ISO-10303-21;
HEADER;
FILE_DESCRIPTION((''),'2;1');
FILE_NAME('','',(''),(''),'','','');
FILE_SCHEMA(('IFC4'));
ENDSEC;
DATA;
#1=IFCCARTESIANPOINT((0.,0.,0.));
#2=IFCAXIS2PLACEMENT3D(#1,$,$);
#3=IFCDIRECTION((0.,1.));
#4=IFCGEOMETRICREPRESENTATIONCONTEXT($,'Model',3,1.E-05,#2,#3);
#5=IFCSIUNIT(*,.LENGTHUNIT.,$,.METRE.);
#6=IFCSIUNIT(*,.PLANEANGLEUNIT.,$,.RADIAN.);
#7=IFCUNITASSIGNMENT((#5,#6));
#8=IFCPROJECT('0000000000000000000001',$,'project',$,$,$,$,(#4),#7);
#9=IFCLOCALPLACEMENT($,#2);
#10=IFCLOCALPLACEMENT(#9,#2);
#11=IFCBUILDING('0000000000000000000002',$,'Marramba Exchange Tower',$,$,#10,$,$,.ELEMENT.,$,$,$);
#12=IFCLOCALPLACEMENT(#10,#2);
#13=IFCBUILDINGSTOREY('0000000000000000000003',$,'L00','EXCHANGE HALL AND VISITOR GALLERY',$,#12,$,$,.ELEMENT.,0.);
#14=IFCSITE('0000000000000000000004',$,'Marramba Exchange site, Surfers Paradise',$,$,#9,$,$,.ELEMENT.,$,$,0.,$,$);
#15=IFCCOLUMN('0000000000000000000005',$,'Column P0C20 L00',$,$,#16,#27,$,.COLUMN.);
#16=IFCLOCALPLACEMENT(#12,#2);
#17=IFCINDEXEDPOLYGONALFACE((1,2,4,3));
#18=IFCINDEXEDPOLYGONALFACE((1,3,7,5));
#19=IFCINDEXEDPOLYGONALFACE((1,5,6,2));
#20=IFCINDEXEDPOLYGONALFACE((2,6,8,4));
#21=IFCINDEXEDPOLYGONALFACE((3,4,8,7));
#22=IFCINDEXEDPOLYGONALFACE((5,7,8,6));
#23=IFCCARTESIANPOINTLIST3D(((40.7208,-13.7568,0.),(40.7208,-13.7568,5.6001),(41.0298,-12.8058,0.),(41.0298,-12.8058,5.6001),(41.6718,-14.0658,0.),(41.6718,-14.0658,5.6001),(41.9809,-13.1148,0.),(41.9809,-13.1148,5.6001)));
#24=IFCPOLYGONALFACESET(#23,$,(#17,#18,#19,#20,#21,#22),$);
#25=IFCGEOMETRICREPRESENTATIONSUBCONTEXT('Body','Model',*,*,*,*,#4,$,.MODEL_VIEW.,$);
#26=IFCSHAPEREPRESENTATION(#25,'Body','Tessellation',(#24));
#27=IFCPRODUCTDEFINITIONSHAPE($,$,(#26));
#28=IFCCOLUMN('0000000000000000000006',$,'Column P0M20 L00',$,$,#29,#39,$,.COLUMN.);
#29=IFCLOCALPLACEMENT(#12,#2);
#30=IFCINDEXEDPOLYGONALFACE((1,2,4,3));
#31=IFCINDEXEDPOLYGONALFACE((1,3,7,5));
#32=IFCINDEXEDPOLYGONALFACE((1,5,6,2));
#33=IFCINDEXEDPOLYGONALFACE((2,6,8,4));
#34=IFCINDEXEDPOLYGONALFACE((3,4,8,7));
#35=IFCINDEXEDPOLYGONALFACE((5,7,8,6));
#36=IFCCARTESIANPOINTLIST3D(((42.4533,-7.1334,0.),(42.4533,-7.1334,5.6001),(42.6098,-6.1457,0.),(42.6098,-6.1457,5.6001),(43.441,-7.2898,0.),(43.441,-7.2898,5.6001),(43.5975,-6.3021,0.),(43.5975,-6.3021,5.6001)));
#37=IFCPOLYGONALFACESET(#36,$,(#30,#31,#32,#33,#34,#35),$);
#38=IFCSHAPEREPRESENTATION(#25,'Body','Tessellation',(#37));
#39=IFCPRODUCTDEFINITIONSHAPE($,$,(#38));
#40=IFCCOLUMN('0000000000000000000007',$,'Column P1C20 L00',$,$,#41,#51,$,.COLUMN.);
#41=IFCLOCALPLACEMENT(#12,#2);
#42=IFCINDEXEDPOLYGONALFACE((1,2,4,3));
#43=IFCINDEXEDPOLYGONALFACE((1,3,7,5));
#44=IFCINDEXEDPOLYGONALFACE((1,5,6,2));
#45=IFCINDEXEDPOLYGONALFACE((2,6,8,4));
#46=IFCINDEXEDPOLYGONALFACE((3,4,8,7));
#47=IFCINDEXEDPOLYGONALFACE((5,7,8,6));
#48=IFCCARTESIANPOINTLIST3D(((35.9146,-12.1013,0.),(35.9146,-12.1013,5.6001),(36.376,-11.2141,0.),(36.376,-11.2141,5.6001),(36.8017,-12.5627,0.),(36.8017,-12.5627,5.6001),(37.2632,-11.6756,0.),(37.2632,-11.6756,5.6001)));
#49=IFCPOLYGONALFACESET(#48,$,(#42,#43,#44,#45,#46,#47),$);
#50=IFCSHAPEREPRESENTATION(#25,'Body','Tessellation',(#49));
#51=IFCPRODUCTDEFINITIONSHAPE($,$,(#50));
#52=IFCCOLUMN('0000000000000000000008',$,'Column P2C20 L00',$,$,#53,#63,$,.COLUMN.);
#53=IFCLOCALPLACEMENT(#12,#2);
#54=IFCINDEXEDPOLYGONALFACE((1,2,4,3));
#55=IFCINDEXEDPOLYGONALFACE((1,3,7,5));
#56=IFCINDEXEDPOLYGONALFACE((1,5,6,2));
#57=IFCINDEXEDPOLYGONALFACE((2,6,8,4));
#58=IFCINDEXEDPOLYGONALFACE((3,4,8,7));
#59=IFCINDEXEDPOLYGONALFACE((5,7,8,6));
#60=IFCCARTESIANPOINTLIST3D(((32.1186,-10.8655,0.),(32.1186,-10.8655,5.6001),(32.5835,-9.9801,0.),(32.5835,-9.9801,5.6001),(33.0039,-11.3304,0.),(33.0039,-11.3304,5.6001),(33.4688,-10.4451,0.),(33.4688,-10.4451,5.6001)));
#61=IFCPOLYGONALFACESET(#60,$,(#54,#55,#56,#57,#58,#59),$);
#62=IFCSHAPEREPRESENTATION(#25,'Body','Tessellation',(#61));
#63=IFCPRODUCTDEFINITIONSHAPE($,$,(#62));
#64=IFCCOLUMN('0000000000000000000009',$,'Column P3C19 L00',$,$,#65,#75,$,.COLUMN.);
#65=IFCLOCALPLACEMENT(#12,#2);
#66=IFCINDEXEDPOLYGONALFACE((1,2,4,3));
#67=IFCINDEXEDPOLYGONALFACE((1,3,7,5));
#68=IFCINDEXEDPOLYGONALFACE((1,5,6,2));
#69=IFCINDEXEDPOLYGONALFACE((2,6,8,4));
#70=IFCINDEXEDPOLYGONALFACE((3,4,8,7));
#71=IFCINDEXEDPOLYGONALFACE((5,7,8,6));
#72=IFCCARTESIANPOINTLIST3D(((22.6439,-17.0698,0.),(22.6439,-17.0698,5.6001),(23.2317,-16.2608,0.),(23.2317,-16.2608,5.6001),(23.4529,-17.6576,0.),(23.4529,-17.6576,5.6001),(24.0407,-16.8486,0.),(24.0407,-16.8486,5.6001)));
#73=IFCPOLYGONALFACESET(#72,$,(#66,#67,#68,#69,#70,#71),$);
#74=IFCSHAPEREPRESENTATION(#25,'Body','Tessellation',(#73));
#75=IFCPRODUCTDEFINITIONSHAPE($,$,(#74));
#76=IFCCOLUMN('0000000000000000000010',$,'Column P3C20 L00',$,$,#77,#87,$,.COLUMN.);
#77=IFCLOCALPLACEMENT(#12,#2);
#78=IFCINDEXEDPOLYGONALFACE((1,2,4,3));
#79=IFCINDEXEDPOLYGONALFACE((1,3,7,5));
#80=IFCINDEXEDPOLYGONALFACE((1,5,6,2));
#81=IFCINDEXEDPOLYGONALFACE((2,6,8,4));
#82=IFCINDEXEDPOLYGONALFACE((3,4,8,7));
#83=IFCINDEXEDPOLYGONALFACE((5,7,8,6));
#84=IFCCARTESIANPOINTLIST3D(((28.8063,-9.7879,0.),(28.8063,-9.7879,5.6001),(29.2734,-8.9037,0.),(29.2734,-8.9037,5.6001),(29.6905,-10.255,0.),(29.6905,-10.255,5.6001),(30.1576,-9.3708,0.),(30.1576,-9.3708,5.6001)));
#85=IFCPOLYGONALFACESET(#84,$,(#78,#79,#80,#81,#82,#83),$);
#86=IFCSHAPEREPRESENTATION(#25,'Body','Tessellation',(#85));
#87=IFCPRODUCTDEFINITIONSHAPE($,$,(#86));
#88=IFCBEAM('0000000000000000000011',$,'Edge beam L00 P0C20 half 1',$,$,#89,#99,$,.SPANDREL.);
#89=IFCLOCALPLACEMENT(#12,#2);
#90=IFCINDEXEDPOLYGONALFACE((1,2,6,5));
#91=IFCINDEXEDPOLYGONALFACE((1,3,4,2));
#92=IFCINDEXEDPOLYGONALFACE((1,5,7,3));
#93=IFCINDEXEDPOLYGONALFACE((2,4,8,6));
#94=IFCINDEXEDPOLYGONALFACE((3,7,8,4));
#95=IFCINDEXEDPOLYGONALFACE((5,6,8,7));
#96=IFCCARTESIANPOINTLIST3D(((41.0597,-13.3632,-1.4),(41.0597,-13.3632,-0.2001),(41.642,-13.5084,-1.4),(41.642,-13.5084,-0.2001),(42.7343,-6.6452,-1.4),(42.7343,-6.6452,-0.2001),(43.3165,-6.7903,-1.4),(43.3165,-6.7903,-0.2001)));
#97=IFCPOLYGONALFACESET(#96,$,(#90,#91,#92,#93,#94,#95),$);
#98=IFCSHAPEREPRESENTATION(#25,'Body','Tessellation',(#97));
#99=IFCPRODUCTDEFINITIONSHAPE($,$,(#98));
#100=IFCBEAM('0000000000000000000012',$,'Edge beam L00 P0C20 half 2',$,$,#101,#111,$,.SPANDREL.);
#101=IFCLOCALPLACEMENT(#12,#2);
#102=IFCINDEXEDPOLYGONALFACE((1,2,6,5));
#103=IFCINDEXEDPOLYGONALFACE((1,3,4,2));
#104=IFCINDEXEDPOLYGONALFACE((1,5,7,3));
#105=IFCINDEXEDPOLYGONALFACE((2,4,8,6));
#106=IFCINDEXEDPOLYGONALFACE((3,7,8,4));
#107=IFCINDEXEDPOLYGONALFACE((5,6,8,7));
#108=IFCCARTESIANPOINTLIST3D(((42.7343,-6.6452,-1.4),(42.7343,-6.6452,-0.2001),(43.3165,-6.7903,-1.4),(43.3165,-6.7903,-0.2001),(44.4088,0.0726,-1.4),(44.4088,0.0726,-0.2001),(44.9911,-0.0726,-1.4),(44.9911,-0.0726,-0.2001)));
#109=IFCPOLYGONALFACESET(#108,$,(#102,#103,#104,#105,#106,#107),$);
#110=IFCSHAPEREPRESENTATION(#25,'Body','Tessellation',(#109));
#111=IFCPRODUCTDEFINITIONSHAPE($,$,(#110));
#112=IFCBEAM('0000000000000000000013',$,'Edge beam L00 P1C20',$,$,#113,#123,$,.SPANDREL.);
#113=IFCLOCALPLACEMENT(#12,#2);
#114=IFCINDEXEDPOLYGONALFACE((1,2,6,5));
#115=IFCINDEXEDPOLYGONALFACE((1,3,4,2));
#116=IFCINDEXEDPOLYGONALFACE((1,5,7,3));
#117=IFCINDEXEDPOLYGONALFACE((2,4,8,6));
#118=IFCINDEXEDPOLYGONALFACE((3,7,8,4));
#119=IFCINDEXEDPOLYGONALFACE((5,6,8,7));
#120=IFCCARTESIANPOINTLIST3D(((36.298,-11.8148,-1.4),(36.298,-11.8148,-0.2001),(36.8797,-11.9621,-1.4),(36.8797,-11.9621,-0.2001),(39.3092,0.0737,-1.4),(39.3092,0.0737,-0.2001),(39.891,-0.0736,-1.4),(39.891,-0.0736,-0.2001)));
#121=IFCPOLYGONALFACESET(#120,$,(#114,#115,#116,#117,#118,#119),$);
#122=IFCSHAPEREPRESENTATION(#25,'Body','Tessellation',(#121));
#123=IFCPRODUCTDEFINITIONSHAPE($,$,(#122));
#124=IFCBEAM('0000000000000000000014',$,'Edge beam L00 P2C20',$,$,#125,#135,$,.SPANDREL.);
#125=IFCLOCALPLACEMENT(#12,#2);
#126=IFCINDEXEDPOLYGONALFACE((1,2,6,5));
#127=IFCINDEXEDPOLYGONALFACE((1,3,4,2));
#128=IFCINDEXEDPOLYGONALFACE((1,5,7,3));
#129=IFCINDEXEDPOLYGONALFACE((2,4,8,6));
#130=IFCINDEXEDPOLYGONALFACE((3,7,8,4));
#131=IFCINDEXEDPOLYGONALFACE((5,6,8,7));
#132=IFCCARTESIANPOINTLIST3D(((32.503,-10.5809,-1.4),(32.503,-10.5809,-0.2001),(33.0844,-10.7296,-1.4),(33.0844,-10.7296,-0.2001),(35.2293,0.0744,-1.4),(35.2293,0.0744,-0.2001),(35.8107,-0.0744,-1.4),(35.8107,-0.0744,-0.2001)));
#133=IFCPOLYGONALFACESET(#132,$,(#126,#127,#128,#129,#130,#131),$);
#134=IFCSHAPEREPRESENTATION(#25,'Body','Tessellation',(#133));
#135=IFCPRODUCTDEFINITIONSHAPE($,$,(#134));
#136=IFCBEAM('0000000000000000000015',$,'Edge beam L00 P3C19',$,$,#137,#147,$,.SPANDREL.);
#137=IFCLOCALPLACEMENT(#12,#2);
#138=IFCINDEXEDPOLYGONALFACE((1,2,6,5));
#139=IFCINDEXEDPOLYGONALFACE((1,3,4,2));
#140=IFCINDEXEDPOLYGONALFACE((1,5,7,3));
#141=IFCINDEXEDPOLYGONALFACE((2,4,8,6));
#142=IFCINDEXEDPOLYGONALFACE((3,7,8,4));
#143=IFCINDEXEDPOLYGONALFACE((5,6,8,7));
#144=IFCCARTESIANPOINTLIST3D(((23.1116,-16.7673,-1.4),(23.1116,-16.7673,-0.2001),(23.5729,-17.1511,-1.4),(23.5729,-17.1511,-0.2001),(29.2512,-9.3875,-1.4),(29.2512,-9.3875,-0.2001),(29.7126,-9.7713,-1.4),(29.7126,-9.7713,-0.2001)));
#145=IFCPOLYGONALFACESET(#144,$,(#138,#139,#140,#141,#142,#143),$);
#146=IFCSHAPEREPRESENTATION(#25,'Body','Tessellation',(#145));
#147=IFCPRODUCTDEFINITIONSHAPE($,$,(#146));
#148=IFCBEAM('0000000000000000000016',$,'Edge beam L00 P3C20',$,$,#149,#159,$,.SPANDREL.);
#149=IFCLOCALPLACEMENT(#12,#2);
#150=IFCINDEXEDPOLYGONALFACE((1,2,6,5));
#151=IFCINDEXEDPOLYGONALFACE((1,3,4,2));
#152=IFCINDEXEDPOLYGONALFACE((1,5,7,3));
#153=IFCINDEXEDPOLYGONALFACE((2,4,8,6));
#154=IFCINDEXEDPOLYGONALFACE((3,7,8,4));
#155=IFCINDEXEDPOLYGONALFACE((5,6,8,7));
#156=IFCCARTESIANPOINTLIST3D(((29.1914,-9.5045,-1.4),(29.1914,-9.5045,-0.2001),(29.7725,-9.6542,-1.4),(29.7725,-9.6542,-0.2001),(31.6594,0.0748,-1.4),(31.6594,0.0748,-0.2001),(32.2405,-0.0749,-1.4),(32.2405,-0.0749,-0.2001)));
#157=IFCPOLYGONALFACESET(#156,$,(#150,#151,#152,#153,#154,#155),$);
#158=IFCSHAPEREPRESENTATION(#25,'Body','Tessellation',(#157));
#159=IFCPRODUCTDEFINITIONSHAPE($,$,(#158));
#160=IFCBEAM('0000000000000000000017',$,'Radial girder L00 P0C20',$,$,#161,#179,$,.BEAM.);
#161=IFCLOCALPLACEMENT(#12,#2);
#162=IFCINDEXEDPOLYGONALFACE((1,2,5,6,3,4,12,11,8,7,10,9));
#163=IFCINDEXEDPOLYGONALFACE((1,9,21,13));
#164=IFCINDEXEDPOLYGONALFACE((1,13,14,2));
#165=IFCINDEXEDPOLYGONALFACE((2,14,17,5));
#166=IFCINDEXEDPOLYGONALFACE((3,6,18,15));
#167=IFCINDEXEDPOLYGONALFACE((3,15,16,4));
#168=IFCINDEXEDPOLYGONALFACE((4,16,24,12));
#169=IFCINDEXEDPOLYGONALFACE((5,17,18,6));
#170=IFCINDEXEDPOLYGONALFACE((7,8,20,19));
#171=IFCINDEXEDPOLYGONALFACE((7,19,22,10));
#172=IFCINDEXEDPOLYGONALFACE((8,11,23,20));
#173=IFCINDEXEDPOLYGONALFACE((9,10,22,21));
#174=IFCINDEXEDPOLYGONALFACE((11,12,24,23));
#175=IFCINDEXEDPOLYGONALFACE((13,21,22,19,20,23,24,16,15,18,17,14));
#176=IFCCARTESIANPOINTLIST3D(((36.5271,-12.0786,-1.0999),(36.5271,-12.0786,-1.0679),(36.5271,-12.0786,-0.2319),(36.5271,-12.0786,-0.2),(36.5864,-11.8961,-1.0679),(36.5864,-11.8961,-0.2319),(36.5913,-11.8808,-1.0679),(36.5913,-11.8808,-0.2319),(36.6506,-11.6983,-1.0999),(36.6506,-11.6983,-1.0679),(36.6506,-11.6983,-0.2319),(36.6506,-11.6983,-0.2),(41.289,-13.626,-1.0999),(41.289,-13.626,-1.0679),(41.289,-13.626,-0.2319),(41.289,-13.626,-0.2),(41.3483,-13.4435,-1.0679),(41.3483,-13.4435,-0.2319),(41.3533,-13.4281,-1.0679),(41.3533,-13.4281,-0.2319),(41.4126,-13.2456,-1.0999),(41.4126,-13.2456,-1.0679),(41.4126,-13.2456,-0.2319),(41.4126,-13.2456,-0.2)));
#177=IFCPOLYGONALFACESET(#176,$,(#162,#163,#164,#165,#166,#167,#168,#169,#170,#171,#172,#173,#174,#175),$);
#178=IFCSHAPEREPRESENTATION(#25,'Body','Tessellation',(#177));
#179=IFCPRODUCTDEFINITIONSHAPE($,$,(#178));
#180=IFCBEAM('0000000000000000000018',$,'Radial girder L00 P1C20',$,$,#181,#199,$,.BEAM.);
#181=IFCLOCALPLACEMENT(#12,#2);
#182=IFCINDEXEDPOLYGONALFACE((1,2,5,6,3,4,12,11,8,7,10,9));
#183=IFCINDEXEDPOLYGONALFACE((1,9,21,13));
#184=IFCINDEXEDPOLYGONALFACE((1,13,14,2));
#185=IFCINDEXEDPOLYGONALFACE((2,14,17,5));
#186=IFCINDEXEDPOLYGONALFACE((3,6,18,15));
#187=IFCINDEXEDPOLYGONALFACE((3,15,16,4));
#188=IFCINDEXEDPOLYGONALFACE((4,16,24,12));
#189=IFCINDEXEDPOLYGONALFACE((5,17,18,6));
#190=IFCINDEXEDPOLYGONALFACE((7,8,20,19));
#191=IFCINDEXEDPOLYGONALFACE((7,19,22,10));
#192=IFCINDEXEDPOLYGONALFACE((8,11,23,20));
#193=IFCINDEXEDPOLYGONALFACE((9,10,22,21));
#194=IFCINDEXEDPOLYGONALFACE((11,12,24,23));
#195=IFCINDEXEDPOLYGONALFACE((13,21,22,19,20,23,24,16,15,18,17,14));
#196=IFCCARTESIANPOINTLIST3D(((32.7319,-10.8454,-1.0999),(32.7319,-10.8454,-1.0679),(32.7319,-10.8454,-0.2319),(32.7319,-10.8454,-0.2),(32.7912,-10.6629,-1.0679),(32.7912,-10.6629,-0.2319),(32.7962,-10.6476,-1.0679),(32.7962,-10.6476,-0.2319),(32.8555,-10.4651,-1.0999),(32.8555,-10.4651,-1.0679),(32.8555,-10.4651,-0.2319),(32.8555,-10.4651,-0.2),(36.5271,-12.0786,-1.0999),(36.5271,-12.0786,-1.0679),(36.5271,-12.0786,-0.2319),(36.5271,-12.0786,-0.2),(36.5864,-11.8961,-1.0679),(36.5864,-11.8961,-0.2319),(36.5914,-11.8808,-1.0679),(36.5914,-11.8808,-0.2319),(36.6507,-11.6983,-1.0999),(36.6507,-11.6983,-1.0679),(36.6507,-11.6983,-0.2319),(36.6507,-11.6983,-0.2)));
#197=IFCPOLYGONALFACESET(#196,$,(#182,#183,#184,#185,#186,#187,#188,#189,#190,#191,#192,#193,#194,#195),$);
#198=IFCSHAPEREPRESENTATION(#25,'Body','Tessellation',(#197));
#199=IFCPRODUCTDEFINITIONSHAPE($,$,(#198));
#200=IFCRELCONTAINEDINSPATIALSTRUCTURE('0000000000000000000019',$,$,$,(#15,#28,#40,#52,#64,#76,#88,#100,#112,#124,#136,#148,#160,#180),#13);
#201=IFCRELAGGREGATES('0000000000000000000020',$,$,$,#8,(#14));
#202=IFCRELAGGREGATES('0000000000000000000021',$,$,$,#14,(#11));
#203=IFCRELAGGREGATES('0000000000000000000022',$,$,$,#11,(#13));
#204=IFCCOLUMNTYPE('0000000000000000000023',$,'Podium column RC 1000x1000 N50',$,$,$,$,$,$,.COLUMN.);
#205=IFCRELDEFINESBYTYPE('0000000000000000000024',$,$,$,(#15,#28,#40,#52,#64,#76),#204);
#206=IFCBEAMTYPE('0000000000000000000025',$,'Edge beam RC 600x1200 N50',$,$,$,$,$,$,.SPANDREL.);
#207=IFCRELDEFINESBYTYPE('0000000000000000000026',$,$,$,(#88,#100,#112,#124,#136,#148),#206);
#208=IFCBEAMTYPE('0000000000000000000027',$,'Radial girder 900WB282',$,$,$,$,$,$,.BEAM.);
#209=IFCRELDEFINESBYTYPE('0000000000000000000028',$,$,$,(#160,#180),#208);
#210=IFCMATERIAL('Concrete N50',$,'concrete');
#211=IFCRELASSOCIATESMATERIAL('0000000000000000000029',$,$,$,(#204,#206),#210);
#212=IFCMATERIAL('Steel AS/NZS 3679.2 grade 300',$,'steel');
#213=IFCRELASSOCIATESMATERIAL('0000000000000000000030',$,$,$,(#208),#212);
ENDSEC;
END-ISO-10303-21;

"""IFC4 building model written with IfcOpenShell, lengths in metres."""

from ifc_helpers import new_model, si_unit, direction, frame, origin, origin_2d, place, context, subcontext, project, spatial, rectangle, i_section, extrude, material, material_profile, profile_set, type_object, element, save


model = new_model("IFC4")

# Units and contexts
model_context = context("Model", 3, precision=1e-05, world=origin(), true_north=direction((0.0, 1.0)))
body_context = subcontext(model_context, "Body", "Model", "MODEL_VIEW")
ifc_project = project(units=[si_unit("LENGTHUNIT", "METRE"), si_unit("PLANEANGLEUNIT", "RADIAN")], contexts=[model_context])

# Site, building, storey
site_placement = place(None, origin())
site = spatial("IfcSite", under=ifc_project, at=site_placement, Name="Marramba Exchange site, Surfers Paradise", CompositionType="ELEMENT", RefElevation=0.0)
building_placement = place(site_placement, origin())
building = spatial("IfcBuilding", under=site, at=building_placement, Name="Marramba Exchange Tower", CompositionType="ELEMENT")
storey_placement = place(building_placement, origin())
storey = spatial("IfcBuildingStorey", under=building, at=storey_placement, Name="L00", Description="EXCHANGE HALL AND VISITOR GALLERY", CompositionType="ELEMENT", Elevation=0.0)

# Columns
ifc_material_1 = material(Name="Concrete N50", Category="concrete")
ifc_material_profile_1 = material_profile(ifc_material_1, rectangle(XDim=1.0, YDim=1.0, at=origin_2d()), Name="RC 1000x1000")
ifc_profile_set_1 = profile_set([ifc_material_profile_1], Name="Concrete N50")
column_type = type_object("IfcColumnType", Name="Podium column RC 1000x1000 N50", PredefinedType="COLUMN", material=ifc_profile_set_1)
for number, where, z_axis, x_axis, name in (
    (1, (41.3508, -13.4358, 0.0), (0.0, 0.0, 1.0), (0.951057, -0.309017, 0.0), "Column P0C20 L00"),
    (2, (43.0254, -6.7178, 0.0), (0.0, 0.0, 1.0), (0.987688, -0.156434, 0.0), "Column P0M20 L00"),
    (3, (36.5889, -11.8884, 0.0), (0.0, 0.0, 1.0), (0.887159, -0.461464, 0.0), "Column P1C20 L00"),
    (4, (32.7937, -10.6553, 0.0), (0.0, 0.0, 1.0), (0.885353, -0.464919, 0.0), "Column P2C20 L00"),
    (5, (23.3423, -16.9592, 0.0), (0.0, 0.0, 1.0), (0.809017, -0.587785, 0.0), "Column P3C19 L00"),
    (6, (29.4819, -9.5793, 0.0), (0.0, 0.0, 1.0), (0.884188, -0.467131, 0.0), "Column P3C20 L00"),
):
    element("IfcColumn", number, at=place(storey_placement, frame(where, z_axis=z_axis, x_axis=x_axis)), inside=storey, type_object=column_type, Name=name, PredefinedType="COLUMN", context=body_context, shape_type="SweptSolid", body=[
        extrude(rectangle(XDim=1.0, YDim=1.0, at=origin_2d()), origin(), (0.0, 0.0, 1.0), 5.6001),
    ])

# Beams
ifc_material_profile_2 = material_profile(ifc_material_1, rectangle(XDim=0.6001, YDim=1.2, at=origin_2d()), Name="RC 600x1200")
ifc_profile_set_2 = profile_set([ifc_material_profile_2], Name="Concrete N50")
beam_type_1 = type_object("IfcBeamType", Name="Edge beam RC 600x1200 N50", PredefinedType="SPANDREL", material=ifc_profile_set_2)
beam_1_placement = place(storey_placement, frame((41.3508, -13.4358, -0.8), z_axis=(0.241864, 0.97031, 0.0), x_axis=(-0.97031, 0.241864, 0.0)))
element("IfcBeam", 7, at=beam_1_placement, inside=storey, type_object=beam_type_1, Name="Edge beam L00 P0C20 half 1", PredefinedType="SPANDREL", context=body_context, shape_type="SweptSolid", body=[
    extrude(rectangle(XDim=0.6001, YDim=1.2, at=origin_2d()), origin(), (0.0, 0.0, 1.0), 6.9236),
])
beam_2_placement = place(storey_placement, frame((43.0254, -6.7178, -0.8), z_axis=(0.241872, 0.970308, 0.0), x_axis=(-0.970308, 0.241872, 0.0)))
element("IfcBeam", 8, at=beam_2_placement, inside=storey, type_object=beam_type_1, Name="Edge beam L00 P0C20 half 2", PredefinedType="SPANDREL", context=body_context, shape_type="SweptSolid", body=[
    extrude(rectangle(XDim=0.6001, YDim=1.2, at=origin_2d()), origin(), (0.0, 0.0, 1.0), 6.9233),
])
beam_3_placement = place(storey_placement, frame((36.5889, -11.8884, -0.8), z_axis=(0.245537, 0.969387, 0.0), x_axis=(-0.969387, 0.245537, 0.0)))
element("IfcBeam", 9, at=beam_3_placement, inside=storey, type_object=beam_type_1, Name="Edge beam L00 P1C20", PredefinedType="SPANDREL", context=body_context, shape_type="SweptSolid", body=[
    extrude(rectangle(XDim=0.6001, YDim=1.2, at=origin_2d()), origin(), (0.0, 0.0, 1.0), 12.2639),
])
beam_4_placement = place(storey_placement, frame((32.7937, -10.6553, -0.8), z_axis=(0.24788, 0.968791, 0.0), x_axis=(-0.968791, 0.24788, 0.0)))
element("IfcBeam", 10, at=beam_4_placement, inside=storey, type_object=beam_type_1, Name="Edge beam L00 P2C20", PredefinedType="SPANDREL", context=body_context, shape_type="SweptSolid", body=[
    extrude(rectangle(XDim=0.6001, YDim=1.2, at=origin_2d()), origin(), (0.0, 0.0, 1.0), 10.9985),
])
beam_5_placement = place(storey_placement, frame((23.3423, -16.9592, -0.8), z_axis=(0.639554, 0.768746, 0.0), x_axis=(-0.768746, 0.639554, 0.0)))
element("IfcBeam", 11, at=beam_5_placement, inside=storey, type_object=beam_type_1, Name="Edge beam L00 P3C19", PredefinedType="SPANDREL", context=body_context, shape_type="SweptSolid", body=[
    extrude(rectangle(XDim=0.6001, YDim=1.2, at=origin_2d()), origin(), (0.0, 0.0, 1.0), 9.5999),
])
beam_6_placement = place(storey_placement, frame((29.4819, -9.5793, -0.8), z_axis=(0.249492, 0.968377, 0.0), x_axis=(-0.968377, 0.249492, 0.0)))
element("IfcBeam", 12, at=beam_6_placement, inside=storey, type_object=beam_type_1, Name="Edge beam L00 P3C20", PredefinedType="SPANDREL", context=body_context, shape_type="SweptSolid", body=[
    extrude(rectangle(XDim=0.6001, YDim=1.2, at=origin_2d()), origin(), (0.0, 0.0, 1.0), 9.8921),
])
ifc_material_2 = material(Name="Steel AS/NZS 3679.2 grade 300", Category="steel")
ifc_material_profile_3 = material_profile(ifc_material_2, i_section(OverallWidth=0.3999, OverallDepth=0.8999, WebThickness=0.0161, FlangeThickness=0.032, at=origin_2d()), Name="900WB282")
ifc_profile_set_3 = profile_set([ifc_material_profile_3], Name="Steel AS/NZS 3679.2 grade 300")
beam_type_2 = type_object("IfcBeamType", Name="Radial girder 900WB282", PredefinedType="BEAM", material=ifc_profile_set_3)
beam_7_placement = place(storey_placement, frame((41.3508, -13.4358, -0.6499), z_axis=(-0.95105, 0.309036, 0.0), x_axis=(-0.309036, -0.95105, 0.0)))
element("IfcBeam", 13, at=beam_7_placement, inside=storey, type_object=beam_type_2, Name="Radial girder L00 P0C20", PredefinedType="BEAM", context=body_context, shape_type="SweptSolid", body=[
    extrude(i_section(OverallWidth=0.3999, OverallDepth=0.8999, WebThickness=0.0161, FlangeThickness=0.032, at=origin_2d()), origin(), (0.0, 0.0, 1.0), 5.0071),
])
beam_8_placement = place(storey_placement, frame((36.5889, -11.8884, -0.6499), z_axis=(-0.951054, 0.309024, 0.0), x_axis=(-0.309024, -0.951054, 0.0)))
element("IfcBeam", 14, at=beam_8_placement, inside=storey, type_object=beam_type_2, Name="Radial girder L00 P1C20", PredefinedType="BEAM", context=body_context, shape_type="SweptSolid", body=[
    extrude(i_section(OverallWidth=0.3999, OverallDepth=0.8999, WebThickness=0.0161, FlangeThickness=0.032, at=origin_2d()), origin(), (0.0, 0.0, 1.0), 3.9905),
])

save(model, "model.ifc")
